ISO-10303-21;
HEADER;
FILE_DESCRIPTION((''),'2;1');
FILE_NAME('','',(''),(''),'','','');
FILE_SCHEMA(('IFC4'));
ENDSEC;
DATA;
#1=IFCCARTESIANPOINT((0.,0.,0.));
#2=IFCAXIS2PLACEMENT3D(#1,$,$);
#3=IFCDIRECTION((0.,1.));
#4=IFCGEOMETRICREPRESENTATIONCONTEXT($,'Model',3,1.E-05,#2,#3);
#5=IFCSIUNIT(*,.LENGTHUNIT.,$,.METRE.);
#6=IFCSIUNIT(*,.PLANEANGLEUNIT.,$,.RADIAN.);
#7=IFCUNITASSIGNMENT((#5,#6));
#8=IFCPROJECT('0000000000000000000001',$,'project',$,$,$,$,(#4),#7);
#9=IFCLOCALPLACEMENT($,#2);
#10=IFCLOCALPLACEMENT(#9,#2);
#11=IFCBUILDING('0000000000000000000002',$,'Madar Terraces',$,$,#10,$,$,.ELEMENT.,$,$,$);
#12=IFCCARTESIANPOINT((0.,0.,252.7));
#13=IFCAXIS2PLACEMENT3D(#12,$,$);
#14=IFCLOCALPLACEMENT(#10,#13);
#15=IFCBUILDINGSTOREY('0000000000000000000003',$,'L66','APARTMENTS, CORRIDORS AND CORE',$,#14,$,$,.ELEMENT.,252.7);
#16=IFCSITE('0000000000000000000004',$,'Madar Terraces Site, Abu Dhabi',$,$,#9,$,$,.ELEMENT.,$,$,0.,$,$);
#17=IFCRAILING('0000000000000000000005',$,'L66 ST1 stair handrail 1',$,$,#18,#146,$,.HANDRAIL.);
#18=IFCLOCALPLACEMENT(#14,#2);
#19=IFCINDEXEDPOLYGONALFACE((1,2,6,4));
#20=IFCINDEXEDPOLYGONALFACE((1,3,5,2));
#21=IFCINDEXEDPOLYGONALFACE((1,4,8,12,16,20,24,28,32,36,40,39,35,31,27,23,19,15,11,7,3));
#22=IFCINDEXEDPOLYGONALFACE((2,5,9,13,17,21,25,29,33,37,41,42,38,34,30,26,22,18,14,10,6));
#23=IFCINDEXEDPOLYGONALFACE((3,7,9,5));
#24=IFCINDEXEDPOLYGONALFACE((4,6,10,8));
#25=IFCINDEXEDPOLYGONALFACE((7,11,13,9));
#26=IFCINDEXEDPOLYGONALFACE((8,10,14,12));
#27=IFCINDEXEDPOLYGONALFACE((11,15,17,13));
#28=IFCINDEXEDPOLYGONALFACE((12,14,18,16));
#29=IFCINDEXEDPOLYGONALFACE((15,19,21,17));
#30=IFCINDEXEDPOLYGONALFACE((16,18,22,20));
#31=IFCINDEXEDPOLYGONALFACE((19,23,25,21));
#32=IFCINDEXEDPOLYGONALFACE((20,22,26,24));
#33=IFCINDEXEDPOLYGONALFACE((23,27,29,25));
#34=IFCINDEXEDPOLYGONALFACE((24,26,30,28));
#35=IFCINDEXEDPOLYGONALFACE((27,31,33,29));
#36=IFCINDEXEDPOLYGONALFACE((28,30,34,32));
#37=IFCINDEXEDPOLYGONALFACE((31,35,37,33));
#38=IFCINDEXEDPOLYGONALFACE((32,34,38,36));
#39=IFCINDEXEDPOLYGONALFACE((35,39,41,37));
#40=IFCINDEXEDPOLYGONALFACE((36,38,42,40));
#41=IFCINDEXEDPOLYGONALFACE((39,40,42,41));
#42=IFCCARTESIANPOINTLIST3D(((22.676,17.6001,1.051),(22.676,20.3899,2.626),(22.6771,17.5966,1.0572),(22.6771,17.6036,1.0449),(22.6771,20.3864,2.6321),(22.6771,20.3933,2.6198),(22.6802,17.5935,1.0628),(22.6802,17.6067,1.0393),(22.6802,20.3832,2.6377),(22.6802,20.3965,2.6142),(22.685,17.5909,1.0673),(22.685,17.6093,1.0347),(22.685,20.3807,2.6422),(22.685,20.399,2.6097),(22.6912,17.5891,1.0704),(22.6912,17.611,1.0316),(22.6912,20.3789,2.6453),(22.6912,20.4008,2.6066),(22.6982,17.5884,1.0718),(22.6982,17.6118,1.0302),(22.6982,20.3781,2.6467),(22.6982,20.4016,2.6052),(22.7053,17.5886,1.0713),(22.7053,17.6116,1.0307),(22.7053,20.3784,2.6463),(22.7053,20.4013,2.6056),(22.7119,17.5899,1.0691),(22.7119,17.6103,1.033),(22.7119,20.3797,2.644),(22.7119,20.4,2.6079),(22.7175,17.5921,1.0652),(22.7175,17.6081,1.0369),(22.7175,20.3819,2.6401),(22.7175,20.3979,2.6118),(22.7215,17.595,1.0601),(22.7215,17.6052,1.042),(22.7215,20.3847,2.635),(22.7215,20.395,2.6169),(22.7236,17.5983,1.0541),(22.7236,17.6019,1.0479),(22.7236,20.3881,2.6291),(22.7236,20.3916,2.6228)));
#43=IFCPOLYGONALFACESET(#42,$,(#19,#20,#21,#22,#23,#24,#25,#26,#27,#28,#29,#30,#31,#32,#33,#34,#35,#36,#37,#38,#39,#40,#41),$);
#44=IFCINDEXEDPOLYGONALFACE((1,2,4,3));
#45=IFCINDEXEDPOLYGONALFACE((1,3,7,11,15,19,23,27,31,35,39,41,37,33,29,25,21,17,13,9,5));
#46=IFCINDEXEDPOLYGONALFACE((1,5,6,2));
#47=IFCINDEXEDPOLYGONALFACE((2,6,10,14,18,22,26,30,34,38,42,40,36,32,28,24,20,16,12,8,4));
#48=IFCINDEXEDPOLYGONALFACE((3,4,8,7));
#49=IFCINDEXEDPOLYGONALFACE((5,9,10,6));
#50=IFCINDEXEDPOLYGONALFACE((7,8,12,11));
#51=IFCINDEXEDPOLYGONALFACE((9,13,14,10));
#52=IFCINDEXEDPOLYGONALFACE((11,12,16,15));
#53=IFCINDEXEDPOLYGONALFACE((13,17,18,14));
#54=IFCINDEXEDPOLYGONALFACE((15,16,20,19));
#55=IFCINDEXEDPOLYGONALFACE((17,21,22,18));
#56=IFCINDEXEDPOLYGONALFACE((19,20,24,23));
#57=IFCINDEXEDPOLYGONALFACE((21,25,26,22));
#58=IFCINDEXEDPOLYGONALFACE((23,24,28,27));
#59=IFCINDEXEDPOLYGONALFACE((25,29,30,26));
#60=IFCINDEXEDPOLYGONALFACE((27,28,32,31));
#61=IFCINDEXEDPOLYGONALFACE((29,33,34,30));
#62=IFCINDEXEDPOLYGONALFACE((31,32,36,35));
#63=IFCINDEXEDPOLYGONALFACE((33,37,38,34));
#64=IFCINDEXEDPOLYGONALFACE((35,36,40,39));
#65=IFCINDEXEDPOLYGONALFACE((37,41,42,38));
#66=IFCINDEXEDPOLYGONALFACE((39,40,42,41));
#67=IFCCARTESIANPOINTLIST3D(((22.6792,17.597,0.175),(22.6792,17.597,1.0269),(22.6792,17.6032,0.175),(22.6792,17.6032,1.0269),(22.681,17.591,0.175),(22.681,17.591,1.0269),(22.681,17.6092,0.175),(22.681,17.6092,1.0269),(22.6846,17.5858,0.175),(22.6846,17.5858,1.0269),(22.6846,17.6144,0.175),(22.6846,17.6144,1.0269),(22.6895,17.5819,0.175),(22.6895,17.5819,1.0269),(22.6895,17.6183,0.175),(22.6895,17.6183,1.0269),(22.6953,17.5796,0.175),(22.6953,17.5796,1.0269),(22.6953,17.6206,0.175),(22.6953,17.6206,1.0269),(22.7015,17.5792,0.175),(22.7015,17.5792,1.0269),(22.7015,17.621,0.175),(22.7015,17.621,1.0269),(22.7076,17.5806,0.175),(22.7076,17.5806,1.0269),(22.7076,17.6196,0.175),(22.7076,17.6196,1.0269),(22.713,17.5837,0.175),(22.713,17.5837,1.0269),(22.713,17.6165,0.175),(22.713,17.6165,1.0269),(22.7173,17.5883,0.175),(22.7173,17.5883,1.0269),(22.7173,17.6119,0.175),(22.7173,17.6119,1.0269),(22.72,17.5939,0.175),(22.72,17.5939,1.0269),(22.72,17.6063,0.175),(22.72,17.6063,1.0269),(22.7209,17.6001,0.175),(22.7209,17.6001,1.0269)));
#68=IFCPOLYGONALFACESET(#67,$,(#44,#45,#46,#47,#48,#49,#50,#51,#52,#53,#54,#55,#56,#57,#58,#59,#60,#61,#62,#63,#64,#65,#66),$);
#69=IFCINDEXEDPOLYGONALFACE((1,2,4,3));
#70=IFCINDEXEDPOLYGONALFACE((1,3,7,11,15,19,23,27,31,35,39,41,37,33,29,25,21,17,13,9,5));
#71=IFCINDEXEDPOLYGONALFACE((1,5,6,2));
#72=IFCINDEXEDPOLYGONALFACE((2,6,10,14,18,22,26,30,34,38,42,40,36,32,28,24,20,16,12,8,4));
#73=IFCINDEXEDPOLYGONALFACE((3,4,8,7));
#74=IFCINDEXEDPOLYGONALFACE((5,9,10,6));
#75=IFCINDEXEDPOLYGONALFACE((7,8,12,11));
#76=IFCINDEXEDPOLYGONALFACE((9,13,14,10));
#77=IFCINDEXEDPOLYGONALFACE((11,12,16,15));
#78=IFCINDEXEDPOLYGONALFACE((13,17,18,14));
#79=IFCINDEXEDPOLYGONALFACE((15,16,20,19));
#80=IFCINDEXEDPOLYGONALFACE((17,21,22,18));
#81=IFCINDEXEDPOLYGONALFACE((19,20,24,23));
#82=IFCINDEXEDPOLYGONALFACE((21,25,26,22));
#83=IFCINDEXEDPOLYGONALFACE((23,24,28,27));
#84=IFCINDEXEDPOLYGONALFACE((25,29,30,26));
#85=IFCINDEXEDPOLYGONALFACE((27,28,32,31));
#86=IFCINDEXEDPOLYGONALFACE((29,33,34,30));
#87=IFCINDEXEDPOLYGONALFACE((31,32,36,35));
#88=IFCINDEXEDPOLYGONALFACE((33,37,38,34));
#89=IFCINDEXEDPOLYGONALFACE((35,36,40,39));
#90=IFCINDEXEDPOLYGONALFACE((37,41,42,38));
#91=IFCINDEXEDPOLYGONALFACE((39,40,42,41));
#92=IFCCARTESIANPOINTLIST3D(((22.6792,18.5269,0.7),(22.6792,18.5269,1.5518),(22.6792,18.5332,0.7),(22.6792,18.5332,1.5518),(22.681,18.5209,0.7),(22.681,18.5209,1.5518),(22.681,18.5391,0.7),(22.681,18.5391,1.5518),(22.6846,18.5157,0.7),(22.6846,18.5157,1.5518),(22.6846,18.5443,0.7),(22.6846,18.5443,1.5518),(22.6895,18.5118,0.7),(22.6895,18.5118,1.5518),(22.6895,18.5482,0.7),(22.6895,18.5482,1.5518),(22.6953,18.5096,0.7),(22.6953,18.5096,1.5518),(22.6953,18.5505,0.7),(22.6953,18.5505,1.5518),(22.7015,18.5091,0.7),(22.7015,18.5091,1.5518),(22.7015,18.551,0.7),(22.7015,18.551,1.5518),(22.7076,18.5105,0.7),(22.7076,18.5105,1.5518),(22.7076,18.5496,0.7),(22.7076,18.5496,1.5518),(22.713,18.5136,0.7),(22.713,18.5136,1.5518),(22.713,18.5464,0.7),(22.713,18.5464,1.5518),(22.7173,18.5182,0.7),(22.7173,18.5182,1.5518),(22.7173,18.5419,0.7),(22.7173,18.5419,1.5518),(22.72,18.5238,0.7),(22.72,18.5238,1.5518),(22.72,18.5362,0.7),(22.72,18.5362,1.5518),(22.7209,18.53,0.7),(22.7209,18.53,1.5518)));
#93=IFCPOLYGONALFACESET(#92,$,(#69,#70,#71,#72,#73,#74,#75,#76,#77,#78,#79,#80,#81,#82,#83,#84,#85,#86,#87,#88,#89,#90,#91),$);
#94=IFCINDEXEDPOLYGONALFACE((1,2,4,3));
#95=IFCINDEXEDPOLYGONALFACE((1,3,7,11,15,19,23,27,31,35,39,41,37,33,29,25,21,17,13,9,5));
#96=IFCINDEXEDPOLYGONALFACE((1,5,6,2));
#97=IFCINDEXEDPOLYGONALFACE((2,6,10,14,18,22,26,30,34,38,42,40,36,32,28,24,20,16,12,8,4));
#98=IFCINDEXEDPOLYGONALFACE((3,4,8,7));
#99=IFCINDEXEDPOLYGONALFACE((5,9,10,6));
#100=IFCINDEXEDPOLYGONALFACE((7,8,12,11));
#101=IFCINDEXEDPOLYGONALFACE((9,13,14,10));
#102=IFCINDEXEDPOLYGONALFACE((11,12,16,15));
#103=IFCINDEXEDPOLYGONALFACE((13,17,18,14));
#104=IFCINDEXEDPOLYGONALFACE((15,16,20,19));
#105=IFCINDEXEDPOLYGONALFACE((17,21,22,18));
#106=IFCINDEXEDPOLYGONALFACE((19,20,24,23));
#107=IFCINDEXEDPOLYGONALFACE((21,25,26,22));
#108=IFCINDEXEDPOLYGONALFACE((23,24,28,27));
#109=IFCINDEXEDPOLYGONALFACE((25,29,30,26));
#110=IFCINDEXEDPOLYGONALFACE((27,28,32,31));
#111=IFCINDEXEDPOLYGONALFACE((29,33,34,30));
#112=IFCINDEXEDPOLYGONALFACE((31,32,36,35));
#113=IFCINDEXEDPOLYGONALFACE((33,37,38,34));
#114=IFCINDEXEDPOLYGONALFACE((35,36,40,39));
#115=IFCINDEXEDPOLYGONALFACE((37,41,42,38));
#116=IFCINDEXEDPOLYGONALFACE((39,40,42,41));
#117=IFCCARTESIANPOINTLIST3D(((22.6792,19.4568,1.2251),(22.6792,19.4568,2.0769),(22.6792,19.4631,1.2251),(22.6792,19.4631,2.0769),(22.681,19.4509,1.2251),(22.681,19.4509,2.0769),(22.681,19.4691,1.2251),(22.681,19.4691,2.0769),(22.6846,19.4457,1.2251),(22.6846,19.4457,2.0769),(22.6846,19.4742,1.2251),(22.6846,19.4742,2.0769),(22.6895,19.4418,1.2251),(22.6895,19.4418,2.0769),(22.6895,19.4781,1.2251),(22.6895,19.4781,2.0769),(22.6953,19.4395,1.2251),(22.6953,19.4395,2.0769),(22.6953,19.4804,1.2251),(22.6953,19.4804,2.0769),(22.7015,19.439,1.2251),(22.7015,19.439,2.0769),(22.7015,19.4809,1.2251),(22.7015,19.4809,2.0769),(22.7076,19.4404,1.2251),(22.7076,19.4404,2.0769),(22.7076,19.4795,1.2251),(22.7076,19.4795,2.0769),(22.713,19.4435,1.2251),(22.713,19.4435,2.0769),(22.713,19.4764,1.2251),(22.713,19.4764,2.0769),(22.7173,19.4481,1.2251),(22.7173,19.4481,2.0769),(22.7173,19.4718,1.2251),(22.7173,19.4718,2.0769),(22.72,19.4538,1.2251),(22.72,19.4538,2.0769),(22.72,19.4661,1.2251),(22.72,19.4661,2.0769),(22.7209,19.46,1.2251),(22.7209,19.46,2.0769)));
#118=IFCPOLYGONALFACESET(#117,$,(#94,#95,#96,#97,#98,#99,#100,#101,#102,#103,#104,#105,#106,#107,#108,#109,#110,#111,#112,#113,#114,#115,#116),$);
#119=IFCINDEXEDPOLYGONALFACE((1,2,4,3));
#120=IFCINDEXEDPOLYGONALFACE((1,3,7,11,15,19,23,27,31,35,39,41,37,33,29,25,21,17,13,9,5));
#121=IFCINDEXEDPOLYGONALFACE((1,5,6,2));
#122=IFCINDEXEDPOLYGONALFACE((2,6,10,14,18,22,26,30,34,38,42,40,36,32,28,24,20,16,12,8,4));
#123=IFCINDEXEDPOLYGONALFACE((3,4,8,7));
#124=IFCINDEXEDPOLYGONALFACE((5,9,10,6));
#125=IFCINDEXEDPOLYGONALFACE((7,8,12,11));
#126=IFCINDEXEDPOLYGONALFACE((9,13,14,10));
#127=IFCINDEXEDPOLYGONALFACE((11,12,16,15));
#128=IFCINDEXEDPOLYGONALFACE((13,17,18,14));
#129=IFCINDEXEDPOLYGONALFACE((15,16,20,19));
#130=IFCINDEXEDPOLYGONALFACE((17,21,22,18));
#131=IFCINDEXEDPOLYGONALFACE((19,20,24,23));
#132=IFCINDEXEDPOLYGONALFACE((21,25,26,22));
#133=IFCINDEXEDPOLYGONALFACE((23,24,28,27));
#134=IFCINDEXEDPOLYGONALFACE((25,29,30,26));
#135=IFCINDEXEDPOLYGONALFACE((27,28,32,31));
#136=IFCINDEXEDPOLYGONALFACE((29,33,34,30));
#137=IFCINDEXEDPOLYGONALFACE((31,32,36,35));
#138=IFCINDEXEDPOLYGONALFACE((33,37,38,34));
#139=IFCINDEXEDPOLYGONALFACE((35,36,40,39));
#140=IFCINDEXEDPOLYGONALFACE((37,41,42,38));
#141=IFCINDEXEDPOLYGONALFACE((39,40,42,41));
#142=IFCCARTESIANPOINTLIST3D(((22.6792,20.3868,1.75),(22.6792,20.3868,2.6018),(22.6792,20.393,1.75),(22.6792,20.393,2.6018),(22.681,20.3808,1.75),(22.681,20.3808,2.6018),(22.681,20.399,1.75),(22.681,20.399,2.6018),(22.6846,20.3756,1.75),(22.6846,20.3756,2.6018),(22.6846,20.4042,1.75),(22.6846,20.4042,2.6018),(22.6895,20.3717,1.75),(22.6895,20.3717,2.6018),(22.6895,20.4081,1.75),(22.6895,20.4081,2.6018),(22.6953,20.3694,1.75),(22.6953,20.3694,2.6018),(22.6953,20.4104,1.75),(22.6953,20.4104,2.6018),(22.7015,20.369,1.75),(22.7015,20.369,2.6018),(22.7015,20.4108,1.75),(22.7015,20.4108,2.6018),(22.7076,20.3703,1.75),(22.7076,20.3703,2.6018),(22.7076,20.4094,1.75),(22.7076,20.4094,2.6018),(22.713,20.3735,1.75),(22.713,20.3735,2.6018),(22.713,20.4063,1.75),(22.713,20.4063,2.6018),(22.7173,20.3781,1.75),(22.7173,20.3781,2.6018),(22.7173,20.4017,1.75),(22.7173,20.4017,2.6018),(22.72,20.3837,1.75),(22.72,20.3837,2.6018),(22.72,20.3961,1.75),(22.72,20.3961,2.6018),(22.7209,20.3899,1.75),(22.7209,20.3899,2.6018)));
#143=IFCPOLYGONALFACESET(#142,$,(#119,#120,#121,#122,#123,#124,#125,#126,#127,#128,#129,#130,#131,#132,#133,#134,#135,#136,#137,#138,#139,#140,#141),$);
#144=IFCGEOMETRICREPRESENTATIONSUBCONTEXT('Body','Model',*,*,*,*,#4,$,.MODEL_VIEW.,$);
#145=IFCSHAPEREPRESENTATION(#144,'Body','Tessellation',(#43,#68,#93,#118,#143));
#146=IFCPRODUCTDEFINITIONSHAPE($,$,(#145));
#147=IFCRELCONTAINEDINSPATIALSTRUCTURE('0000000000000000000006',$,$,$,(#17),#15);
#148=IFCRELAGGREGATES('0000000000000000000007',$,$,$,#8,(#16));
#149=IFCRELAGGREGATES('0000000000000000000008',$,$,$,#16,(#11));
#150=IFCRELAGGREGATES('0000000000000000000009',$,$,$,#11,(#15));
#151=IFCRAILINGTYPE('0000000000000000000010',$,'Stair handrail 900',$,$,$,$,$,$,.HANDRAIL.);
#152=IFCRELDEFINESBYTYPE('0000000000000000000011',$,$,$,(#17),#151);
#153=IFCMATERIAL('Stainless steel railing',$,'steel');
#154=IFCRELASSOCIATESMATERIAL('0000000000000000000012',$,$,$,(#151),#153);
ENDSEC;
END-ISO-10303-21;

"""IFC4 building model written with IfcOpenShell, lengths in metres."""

from ifc_helpers import new_model, si_unit, direction, frame, origin, origin_2d, place, context, subcontext, project, spatial, circle, extrude, material, type_object, element, save


model = new_model("IFC4")

# Units and contexts
model_context = context("Model", 3, precision=1e-05, world=origin(), true_north=direction((0.0, 1.0)))
body_context = subcontext(model_context, "Body", "Model", "MODEL_VIEW")
ifc_project = project(units=[si_unit("LENGTHUNIT", "METRE"), si_unit("PLANEANGLEUNIT", "RADIAN")], contexts=[model_context])

# Site, building, storey
site_placement = place(None, origin())
site = spatial("IfcSite", under=ifc_project, at=site_placement, Name="Madar Terraces Site, Abu Dhabi", CompositionType="ELEMENT", RefElevation=0.0)
building_placement = place(site_placement, origin())
building = spatial("IfcBuilding", under=site, at=building_placement, Name="Madar Terraces", CompositionType="ELEMENT")
storey_placement = place(building_placement, frame((0.0, 0.0, 252.7)))
storey = spatial("IfcBuildingStorey", under=building, at=storey_placement, Name="L66", Description="APARTMENTS, CORRIDORS AND CORE", CompositionType="ELEMENT", Elevation=252.7)

# Railing
ifc_material_1 = material(Name="Stainless steel railing", Category="steel")
railing_type_1 = type_object("IfcRailingType", Name="Stair handrail 900", PredefinedType="HANDRAIL", material=ifc_material_1)
railing_1_placement = place(storey_placement, frame((22.7, 17.6001, 0.175)))
element("IfcRailing", 1, at=railing_1_placement, inside=storey, type_object=railing_type_1, Name="L66 ST1 stair handrail 1", PredefinedType="HANDRAIL", context=body_context, shape_type="SweptSolid", body=[
    extrude(circle(Radius=0.0239, at=origin_2d()), frame((0.0, 0.0, 0.876), z_axis=(0.0, 0.870815, 0.49161), x_axis=(-1.0, 0.0, 0.0)), (0.0, 0.0, 1.0), 3.2036),
    extrude(circle(Radius=0.021, at=origin_2d()), origin(), (0.0, 0.0, 1.0), 0.8518),
    extrude(circle(Radius=0.021, at=origin_2d()), frame((0.0, 0.9299, 0.5249)), (0.0, 0.0, 1.0), 0.8518),
    extrude(circle(Radius=0.021, at=origin_2d()), frame((0.0, 1.8599, 1.05)), (0.0, 0.0, 1.0), 0.8518),
    extrude(circle(Radius=0.021, at=origin_2d()), frame((0.0, 2.7898, 1.575)), (0.0, 0.0, 1.0), 0.8518),
])

save(model, "model.ifc")
